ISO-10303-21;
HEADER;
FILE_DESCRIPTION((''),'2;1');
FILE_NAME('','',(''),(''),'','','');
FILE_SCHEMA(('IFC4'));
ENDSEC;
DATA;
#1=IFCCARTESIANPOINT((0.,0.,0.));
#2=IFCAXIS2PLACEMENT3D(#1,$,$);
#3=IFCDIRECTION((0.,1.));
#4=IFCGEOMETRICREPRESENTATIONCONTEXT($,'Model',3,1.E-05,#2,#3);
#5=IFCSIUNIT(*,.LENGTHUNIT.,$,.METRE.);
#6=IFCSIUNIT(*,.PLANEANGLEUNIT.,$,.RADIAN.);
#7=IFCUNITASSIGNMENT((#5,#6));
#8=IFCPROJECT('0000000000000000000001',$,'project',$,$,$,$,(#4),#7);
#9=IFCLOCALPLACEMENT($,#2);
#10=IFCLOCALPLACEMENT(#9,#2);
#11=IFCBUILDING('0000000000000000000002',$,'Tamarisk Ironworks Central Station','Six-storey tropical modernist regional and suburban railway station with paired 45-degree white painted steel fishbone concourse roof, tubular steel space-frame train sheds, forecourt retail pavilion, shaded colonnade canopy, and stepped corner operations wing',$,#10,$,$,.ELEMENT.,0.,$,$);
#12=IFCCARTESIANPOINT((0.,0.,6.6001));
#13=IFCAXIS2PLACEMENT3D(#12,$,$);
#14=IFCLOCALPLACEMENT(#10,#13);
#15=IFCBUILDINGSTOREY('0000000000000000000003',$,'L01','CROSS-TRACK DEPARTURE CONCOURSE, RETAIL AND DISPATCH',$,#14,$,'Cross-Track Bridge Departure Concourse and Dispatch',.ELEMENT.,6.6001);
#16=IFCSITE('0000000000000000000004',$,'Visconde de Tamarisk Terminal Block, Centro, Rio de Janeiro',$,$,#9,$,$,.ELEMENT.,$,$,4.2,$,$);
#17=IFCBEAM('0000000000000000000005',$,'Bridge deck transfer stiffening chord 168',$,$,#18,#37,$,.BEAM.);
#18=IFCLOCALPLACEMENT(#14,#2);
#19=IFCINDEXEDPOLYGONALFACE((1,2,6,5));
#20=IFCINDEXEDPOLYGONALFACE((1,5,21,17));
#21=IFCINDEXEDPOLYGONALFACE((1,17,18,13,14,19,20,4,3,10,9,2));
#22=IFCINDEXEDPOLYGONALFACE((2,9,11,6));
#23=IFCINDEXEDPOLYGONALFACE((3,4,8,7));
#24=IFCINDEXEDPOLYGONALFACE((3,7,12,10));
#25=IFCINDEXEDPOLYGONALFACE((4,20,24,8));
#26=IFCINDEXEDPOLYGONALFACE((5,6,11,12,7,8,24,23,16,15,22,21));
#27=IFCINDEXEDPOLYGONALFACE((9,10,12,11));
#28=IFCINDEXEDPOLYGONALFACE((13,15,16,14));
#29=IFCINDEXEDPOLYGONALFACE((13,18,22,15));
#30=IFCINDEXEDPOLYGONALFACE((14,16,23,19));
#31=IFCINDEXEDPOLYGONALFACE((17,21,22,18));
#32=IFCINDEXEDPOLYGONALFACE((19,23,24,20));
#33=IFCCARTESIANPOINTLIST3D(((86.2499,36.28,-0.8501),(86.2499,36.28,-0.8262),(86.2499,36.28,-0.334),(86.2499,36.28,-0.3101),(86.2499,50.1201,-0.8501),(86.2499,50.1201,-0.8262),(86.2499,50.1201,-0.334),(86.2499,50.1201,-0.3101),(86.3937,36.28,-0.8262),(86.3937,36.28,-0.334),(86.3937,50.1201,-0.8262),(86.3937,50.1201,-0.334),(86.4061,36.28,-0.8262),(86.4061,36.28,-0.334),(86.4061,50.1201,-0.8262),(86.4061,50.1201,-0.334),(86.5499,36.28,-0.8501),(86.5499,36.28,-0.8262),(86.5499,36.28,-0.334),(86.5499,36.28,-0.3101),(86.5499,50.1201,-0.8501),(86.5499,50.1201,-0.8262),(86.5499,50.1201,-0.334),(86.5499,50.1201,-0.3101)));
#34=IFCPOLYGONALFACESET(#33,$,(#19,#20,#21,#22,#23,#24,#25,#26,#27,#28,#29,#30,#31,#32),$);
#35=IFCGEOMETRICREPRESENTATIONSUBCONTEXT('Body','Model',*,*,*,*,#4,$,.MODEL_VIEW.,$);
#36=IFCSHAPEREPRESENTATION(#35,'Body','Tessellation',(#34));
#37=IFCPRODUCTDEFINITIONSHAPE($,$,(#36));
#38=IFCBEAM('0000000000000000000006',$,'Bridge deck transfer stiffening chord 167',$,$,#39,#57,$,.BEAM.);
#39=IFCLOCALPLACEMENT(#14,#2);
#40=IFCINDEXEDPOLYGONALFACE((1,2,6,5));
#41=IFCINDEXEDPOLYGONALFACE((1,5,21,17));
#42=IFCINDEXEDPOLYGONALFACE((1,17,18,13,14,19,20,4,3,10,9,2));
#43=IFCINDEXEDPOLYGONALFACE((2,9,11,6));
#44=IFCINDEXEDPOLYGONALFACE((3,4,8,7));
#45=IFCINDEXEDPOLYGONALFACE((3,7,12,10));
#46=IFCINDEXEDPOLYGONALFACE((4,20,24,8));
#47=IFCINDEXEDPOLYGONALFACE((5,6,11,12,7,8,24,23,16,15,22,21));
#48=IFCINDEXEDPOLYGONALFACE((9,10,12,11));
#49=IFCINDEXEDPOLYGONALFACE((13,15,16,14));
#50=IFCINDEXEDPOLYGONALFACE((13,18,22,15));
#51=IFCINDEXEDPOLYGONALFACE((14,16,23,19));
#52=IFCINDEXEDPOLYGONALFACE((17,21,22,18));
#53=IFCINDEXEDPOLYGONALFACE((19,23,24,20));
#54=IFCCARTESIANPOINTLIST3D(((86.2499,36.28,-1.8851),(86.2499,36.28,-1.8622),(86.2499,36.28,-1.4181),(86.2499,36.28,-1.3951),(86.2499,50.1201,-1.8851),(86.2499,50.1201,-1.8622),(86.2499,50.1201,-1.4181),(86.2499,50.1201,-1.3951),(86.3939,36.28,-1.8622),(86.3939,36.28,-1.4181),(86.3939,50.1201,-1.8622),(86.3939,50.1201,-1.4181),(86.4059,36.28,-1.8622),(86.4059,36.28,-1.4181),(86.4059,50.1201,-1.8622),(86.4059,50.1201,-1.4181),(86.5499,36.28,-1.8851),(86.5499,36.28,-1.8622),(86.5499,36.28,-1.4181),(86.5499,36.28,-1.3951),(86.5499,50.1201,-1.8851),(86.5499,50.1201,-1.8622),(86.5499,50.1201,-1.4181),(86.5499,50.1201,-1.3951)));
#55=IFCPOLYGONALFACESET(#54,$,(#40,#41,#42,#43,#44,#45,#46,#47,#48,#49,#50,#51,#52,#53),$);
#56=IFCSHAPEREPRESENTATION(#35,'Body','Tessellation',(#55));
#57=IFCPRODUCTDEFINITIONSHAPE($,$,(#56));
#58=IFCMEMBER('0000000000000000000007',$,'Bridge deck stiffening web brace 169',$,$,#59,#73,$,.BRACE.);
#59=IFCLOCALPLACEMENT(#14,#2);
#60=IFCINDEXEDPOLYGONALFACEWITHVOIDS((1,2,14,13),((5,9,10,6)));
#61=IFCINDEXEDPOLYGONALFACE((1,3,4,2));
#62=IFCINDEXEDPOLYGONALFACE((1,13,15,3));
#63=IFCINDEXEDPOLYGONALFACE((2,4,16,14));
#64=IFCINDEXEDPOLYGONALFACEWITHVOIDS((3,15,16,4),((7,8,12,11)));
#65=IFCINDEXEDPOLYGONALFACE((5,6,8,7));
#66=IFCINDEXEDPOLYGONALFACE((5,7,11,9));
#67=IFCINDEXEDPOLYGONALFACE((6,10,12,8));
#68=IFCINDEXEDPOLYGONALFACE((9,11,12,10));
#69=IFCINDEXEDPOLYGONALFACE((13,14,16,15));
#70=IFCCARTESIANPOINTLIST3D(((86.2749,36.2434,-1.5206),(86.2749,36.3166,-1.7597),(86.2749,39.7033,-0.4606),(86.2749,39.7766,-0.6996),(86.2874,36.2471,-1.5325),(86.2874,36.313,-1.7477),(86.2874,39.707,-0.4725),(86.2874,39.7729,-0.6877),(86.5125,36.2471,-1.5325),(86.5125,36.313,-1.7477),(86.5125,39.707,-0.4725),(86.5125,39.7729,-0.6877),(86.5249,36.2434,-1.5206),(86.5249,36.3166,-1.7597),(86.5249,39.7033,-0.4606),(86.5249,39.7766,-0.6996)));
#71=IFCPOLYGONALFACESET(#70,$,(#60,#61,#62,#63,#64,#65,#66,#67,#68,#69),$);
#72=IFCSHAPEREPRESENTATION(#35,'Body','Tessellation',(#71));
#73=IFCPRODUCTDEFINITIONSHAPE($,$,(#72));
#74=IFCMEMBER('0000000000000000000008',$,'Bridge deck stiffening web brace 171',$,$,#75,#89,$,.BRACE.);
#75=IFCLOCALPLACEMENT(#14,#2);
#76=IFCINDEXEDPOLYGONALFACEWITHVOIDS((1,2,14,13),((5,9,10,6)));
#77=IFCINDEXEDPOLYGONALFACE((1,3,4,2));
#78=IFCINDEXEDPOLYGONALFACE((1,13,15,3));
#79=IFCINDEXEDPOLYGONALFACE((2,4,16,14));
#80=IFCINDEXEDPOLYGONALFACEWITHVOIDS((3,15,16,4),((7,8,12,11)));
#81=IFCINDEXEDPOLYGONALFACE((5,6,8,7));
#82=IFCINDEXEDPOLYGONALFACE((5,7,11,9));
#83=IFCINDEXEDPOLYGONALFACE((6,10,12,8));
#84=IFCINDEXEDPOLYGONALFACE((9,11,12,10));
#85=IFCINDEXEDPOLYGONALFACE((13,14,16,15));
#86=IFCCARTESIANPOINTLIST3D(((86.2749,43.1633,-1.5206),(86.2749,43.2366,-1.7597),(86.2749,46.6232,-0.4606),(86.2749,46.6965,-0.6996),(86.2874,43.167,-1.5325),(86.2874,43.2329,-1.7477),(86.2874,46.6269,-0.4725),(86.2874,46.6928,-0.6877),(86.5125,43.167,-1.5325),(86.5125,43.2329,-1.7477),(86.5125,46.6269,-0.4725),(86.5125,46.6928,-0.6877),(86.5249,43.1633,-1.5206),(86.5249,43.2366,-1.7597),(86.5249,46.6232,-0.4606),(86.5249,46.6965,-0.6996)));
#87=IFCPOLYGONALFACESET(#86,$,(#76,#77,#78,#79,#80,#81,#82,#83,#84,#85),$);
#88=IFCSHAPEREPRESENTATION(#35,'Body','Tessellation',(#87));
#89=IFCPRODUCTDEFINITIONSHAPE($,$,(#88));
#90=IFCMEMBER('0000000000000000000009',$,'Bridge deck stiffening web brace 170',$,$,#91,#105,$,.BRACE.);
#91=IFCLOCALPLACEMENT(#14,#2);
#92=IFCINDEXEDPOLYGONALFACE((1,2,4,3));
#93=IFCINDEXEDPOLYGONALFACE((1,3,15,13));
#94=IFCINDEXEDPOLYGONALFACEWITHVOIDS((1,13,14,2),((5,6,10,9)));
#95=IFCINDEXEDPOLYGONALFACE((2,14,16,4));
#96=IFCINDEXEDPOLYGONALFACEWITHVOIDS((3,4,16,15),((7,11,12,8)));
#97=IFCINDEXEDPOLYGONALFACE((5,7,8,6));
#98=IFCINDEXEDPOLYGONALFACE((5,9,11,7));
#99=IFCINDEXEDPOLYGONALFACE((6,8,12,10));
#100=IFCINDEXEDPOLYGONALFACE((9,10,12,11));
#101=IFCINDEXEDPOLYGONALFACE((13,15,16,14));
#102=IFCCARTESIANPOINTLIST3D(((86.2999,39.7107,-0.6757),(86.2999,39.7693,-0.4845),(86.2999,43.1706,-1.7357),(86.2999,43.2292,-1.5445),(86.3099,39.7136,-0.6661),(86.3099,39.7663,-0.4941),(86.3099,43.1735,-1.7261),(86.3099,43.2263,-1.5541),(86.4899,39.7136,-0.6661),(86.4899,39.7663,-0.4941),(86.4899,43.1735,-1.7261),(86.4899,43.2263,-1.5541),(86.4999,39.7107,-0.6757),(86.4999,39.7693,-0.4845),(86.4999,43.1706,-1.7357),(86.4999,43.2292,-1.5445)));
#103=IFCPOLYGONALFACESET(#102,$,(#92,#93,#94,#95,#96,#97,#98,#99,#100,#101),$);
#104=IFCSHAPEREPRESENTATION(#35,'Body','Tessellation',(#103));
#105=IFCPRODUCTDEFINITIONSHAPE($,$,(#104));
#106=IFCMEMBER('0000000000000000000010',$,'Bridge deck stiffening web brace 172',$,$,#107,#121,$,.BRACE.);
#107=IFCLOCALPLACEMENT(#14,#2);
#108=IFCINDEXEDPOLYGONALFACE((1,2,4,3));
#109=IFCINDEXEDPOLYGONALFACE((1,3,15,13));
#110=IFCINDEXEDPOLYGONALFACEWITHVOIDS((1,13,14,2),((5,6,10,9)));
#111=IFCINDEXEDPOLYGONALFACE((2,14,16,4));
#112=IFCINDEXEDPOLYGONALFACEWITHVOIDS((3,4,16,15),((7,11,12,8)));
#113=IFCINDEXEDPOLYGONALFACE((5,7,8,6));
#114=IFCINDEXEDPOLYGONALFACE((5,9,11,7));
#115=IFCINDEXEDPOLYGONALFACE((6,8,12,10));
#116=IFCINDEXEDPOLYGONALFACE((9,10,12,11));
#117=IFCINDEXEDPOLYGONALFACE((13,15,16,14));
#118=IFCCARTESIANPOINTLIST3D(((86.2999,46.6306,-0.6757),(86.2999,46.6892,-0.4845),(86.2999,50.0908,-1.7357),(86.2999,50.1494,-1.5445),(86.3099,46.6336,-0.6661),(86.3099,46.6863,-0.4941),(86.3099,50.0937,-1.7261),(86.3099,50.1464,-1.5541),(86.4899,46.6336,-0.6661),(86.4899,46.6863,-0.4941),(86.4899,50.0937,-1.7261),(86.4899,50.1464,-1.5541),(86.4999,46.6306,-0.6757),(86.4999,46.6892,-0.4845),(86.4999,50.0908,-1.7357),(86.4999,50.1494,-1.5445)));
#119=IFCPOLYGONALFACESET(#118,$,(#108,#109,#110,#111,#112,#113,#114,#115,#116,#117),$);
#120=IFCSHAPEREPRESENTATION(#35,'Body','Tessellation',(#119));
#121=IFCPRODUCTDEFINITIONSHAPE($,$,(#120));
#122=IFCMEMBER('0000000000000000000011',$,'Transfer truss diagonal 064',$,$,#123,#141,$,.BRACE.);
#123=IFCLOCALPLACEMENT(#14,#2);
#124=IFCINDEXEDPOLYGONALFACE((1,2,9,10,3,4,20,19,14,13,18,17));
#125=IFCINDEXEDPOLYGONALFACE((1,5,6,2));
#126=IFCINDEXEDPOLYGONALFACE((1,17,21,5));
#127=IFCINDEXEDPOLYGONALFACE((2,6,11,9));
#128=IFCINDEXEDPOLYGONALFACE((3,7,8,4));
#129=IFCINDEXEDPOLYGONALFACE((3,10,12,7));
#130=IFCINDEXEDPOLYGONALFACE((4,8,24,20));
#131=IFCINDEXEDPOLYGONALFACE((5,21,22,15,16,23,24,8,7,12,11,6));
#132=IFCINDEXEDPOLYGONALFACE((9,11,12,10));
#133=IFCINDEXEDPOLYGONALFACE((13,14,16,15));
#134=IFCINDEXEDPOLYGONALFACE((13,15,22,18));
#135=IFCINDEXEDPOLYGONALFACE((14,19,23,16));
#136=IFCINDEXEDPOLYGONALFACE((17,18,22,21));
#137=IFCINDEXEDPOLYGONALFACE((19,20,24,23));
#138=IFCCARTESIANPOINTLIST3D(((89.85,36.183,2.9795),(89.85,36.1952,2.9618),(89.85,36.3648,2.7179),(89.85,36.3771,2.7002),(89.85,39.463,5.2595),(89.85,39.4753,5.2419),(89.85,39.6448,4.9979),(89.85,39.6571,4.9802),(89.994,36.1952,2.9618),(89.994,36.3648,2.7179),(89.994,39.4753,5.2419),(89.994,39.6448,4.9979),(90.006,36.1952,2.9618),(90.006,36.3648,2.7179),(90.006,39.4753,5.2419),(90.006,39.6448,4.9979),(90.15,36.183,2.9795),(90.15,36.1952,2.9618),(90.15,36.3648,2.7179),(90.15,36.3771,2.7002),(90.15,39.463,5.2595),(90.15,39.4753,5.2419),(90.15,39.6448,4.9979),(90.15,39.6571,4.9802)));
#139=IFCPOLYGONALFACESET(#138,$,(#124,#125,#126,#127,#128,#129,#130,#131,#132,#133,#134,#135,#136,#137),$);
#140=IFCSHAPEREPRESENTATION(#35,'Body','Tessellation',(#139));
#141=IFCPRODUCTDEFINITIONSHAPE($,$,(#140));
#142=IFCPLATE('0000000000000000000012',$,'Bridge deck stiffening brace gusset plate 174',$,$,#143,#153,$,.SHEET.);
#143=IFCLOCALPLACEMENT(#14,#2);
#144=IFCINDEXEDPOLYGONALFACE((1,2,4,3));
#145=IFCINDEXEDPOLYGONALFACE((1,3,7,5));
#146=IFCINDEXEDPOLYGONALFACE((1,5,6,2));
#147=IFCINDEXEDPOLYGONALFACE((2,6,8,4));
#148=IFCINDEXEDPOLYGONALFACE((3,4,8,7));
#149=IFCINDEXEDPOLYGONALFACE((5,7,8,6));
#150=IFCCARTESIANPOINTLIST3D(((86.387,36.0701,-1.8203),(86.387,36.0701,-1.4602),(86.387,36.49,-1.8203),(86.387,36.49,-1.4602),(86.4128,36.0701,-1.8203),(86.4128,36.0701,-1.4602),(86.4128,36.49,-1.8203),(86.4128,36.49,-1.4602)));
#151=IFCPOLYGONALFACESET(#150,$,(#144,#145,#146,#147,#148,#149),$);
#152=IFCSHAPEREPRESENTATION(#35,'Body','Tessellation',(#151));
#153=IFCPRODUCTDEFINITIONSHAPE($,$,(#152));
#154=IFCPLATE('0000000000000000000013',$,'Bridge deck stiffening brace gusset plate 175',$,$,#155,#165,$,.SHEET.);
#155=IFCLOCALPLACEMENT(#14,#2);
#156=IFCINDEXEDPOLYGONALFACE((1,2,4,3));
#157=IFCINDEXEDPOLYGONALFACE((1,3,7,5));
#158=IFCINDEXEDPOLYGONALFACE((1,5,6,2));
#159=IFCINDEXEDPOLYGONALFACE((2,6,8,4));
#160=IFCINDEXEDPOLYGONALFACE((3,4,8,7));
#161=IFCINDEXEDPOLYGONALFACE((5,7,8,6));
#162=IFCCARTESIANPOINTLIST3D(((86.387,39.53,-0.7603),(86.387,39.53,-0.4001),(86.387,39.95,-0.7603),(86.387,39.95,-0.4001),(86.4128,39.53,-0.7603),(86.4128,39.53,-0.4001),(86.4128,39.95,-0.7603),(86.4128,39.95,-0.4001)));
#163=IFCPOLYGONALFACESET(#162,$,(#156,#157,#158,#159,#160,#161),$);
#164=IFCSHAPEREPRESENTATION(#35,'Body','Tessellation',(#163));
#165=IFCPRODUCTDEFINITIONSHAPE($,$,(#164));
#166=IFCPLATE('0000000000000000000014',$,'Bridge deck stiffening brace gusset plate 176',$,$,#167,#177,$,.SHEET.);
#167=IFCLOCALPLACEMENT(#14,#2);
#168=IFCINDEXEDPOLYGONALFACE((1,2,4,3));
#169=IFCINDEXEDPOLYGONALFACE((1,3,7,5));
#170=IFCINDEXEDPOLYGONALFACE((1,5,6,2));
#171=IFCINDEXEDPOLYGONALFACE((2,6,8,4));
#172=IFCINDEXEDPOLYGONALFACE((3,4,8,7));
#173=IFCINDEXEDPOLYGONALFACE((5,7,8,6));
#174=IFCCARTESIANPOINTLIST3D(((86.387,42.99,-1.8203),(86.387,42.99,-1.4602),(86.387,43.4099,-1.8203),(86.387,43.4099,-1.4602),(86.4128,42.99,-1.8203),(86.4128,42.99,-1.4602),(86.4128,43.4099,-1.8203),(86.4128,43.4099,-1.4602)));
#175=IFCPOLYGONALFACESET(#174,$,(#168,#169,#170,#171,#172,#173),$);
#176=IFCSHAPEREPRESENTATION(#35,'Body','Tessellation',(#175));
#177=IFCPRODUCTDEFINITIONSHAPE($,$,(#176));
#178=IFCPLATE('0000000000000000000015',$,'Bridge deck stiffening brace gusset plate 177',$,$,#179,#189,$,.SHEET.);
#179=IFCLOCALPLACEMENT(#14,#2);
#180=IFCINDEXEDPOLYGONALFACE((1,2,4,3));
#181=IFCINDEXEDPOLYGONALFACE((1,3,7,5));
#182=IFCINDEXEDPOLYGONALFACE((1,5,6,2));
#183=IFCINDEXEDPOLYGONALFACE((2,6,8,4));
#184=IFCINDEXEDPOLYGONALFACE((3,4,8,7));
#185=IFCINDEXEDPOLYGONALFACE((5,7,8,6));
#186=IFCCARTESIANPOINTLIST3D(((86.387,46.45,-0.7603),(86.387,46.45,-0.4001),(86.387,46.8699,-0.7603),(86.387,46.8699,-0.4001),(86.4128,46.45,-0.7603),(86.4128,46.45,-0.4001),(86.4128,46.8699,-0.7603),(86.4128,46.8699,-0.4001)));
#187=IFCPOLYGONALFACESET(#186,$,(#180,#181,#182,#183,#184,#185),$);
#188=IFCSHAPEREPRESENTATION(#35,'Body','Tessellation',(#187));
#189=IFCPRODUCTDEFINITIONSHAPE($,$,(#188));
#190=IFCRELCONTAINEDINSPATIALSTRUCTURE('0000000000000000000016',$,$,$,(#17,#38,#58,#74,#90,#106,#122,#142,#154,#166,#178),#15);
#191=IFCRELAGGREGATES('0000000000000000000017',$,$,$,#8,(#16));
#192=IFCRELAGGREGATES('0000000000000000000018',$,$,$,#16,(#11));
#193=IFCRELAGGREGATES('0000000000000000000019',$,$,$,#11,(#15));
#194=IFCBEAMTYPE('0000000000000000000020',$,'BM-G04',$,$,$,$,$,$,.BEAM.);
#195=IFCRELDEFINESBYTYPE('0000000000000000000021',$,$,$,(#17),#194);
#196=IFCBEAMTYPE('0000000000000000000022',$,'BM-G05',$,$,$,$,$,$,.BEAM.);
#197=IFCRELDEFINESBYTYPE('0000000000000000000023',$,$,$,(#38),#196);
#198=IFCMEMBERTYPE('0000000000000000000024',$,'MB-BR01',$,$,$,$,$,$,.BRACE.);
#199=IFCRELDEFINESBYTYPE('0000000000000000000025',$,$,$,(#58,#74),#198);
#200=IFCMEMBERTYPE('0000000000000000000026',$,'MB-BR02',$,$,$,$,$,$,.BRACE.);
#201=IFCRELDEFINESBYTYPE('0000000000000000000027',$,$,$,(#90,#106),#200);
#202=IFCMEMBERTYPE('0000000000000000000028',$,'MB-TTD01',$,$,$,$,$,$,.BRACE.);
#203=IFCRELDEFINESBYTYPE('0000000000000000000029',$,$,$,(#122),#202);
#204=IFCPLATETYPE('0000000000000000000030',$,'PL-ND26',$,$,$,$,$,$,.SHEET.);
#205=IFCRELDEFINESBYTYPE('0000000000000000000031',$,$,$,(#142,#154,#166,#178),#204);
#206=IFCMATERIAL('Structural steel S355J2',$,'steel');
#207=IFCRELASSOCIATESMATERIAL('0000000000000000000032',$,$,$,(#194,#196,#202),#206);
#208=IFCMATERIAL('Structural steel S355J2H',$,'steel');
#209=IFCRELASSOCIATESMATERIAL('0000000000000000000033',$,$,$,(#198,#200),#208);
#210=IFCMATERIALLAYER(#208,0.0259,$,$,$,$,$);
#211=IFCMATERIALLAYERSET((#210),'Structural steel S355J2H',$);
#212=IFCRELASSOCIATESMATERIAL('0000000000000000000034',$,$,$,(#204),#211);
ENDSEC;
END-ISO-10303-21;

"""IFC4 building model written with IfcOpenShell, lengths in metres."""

from ifc_helpers import new_model, si_unit, direction, frame, origin, origin_2d, place, context, subcontext, project, spatial, rectangle, hollow_rectangle, i_section, extrude, material, layer, layer_set, material_profile, profile_set, type_object, element, save


model = new_model("IFC4")

# Units and contexts
model_context = context("Model", 3, precision=1e-05, world=origin(), true_north=direction((0.0, 1.0)))
body_context = subcontext(model_context, "Body", "Model", "MODEL_VIEW")
ifc_project = project(units=[si_unit("LENGTHUNIT", "METRE"), si_unit("PLANEANGLEUNIT", "RADIAN")], contexts=[model_context])

# Site, building, storey
site_placement = place(None, origin())
site = spatial("IfcSite", under=ifc_project, at=site_placement, Name="Visconde de Tamarisk Terminal Block, Centro, Rio de Janeiro", CompositionType="ELEMENT", RefElevation=4.2)
building_placement = place(site_placement, origin())
building = spatial("IfcBuilding", under=site, at=building_placement, Name="Tamarisk Ironworks Central Station", Description="Six-storey tropical modernist regional and suburban railway station with paired 45-degree white painted steel fishbone concourse roof, tubular steel space-frame train sheds, forecourt retail pavilion, shaded colonnade canopy, and stepped corner operations wing", CompositionType="ELEMENT", ElevationOfRefHeight=0.0)
storey_placement = place(building_placement, frame((0.0, 0.0, 6.6001)))
storey = spatial("IfcBuildingStorey", under=building, at=storey_placement, Name="L01", Description="CROSS-TRACK DEPARTURE CONCOURSE, RETAIL AND DISPATCH", LongName="Cross-Track Bridge Departure Concourse and Dispatch", CompositionType="ELEMENT", Elevation=6.6001)

# Beams
ifc_material_1 = material(Name="Structural steel S355J2", Category="steel")
ifc_material_profile_1 = material_profile(ifc_material_1, i_section(OverallWidth=0.3, OverallDepth=0.54, WebThickness=0.0125, FlangeThickness=0.0239, at=origin_2d()), Name="HEA 550")
ifc_profile_set_1 = profile_set([ifc_material_profile_1], Name="Structural steel S355J2")
beam_type_1 = type_object("IfcBeamType", Name="BM-G04", PredefinedType="BEAM", material=ifc_profile_set_1)
beam_1_placement = place(storey_placement, frame((86.3999, 36.28, -0.5801), z_axis=(0.0, 1.0, 0.0), x_axis=(-1.0, 0.0, 0.0)))
element("IfcBeam", 1, at=beam_1_placement, inside=storey, type_object=beam_type_1, Name="Bridge deck transfer stiffening chord 168", PredefinedType="BEAM", context=body_context, shape_type="SweptSolid", body=[
    extrude(i_section(OverallWidth=0.3, OverallDepth=0.54, WebThickness=0.0125, FlangeThickness=0.0239, at=origin_2d()), origin(), (0.0, 0.0, 1.0), 13.8401),
])
ifc_material_profile_2 = material_profile(ifc_material_1, i_section(OverallWidth=0.3, OverallDepth=0.49, WebThickness=0.012, FlangeThickness=0.0229, at=origin_2d()), Name="HEA 500")
ifc_profile_set_2 = profile_set([ifc_material_profile_2], Name="Structural steel S355J2")
beam_type_2 = type_object("IfcBeamType", Name="BM-G05", PredefinedType="BEAM", material=ifc_profile_set_2)
beam_2_placement = place(storey_placement, frame((86.3999, 36.28, -1.6401), z_axis=(0.0, 1.0, 0.0), x_axis=(-1.0, 0.0, 0.0)))
element("IfcBeam", 2, at=beam_2_placement, inside=storey, type_object=beam_type_2, Name="Bridge deck transfer stiffening chord 167", PredefinedType="BEAM", context=body_context, shape_type="SweptSolid", body=[
    extrude(i_section(OverallWidth=0.3, OverallDepth=0.49, WebThickness=0.012, FlangeThickness=0.0229, at=origin_2d()), origin(), (0.0, 0.0, 1.0), 13.8401),
])

# Members
ifc_material_2 = material(Name="Structural steel S355J2H", Category="steel")
ifc_material_profile_3 = material_profile(ifc_material_2, hollow_rectangle(XDim=0.25, YDim=0.25, WallThickness=0.0125, at=origin_2d()), Name="SHS 250x250x12.5")
ifc_profile_set_3 = profile_set([ifc_material_profile_3], Name="Structural steel S355J2H")
member_type_1 = type_object("IfcMemberType", Name="MB-BR01", PredefinedType="BRACE", material=ifc_profile_set_3)
for number, where, z_axis, x_axis, name in (
    (3, (86.3999, 36.28, -1.6401), (0.0, 0.956131, 0.292938), (-1.0, 0.0, 0.0), "Bridge deck stiffening web brace 169"),
    (4, (86.3999, 43.2, -1.6401), (0.0, 0.956131, 0.292938), (-1.0, 0.0, 0.0), "Bridge deck stiffening web brace 171"),
):
    element("IfcMember", number, at=place(storey_placement, frame(where, z_axis=z_axis, x_axis=x_axis)), inside=storey, type_object=member_type_1, Name=name, PredefinedType="BRACE", context=body_context, shape_type="SweptSolid", body=[
        extrude(hollow_rectangle(XDim=0.25, YDim=0.25, WallThickness=0.0125, at=origin_2d()), origin(), (0.0, 0.0, 1.0), 3.6187),
    ])
ifc_material_profile_4 = material_profile(ifc_material_2, hollow_rectangle(XDim=0.2, YDim=0.2, WallThickness=0.01, at=origin_2d()), Name="SHS 200x200x10")
ifc_profile_set_4 = profile_set([ifc_material_profile_4], Name="Structural steel S355J2H")
member_type_2 = type_object("IfcMemberType", Name="MB-BR02", PredefinedType="BRACE", material=ifc_profile_set_4)
member_1_placement = place(storey_placement, frame((86.3999, 39.74, -0.5801), z_axis=(0.0, 0.956131, -0.292938), x_axis=(-1.0, 0.0, 0.0)))
element("IfcMember", 5, at=member_1_placement, inside=storey, type_object=member_type_2, Name="Bridge deck stiffening web brace 170", PredefinedType="BRACE", context=body_context, shape_type="SweptSolid", body=[
    extrude(hollow_rectangle(XDim=0.2, YDim=0.2, WallThickness=0.01, at=origin_2d()), origin(), (0.0, 0.0, 1.0), 3.6187),
])
member_2_placement = place(storey_placement, frame((86.3999, 46.6599, -0.5801), z_axis=(0.0, 0.956137, -0.292919), x_axis=(-1.0, 0.0, 0.0)))
element("IfcMember", 6, at=member_2_placement, inside=storey, type_object=member_type_2, Name="Bridge deck stiffening web brace 172", PredefinedType="BRACE", context=body_context, shape_type="SweptSolid", body=[
    extrude(hollow_rectangle(XDim=0.2, YDim=0.2, WallThickness=0.01, at=origin_2d()), origin(), (0.0, 0.0, 1.0), 3.6189),
])
ifc_material_profile_5 = material_profile(ifc_material_1, i_section(OverallWidth=0.3, OverallDepth=0.3401, WebThickness=0.012, FlangeThickness=0.0215, at=origin_2d()), Name="HEB 340")
ifc_profile_set_5 = profile_set([ifc_material_profile_5], Name="Structural steel S355J2")
member_type_3 = type_object("IfcMemberType", Name="MB-TTD01", PredefinedType="BRACE", material=ifc_profile_set_5)
member_3_placement = place(storey_placement, frame((90.0, 36.28, 2.8398), z_axis=(0.0, 0.821108, 0.570773), x_axis=(-1.0, 0.0, 0.0)))
element("IfcMember", 7, at=member_3_placement, inside=storey, type_object=member_type_3, Name="Transfer truss diagonal 064", PredefinedType="BRACE", context=body_context, shape_type="SweptSolid", body=[
    extrude(i_section(OverallWidth=0.3, OverallDepth=0.3401, WebThickness=0.012, FlangeThickness=0.0215, at=origin_2d()), origin(), (0.0, 0.0, 1.0), 3.9946),
])

# Plates
ifc_layer_1 = layer(ifc_material_2, 0.0259)
ifc_layer_set_1 = layer_set([ifc_layer_1], Name="Structural steel S355J2H")
plate_type_1 = type_object("IfcPlateType", Name="PL-ND26", PredefinedType="SHEET", material=ifc_layer_set_1)
for number, where, z_axis, x_axis, name in (
    (8, (86.3999, 36.28, -1.8203), (0.0, 0.0, 1.0), (1.0, 0.0, 0.0), "Bridge deck stiffening brace gusset plate 174"),
    (9, (86.3999, 39.74, -0.7603), (0.0, 0.0, 1.0), (1.0, 0.0, 0.0), "Bridge deck stiffening brace gusset plate 175"),
    (10, (86.3999, 43.2, -1.8203), (0.0, 0.0, 1.0), (1.0, 0.0, 0.0), "Bridge deck stiffening brace gusset plate 176"),
    (11, (86.3999, 46.6599, -0.7603), (0.0, 0.0, 1.0), (1.0, 0.0, 0.0), "Bridge deck stiffening brace gusset plate 177"),
):
    element("IfcPlate", number, at=place(storey_placement, frame(where, z_axis=z_axis, x_axis=x_axis)), inside=storey, type_object=plate_type_1, Name=name, PredefinedType="SHEET", context=body_context, shape_type="SweptSolid", body=[
        extrude(rectangle(XDim=0.0259, YDim=0.4199, at=origin_2d()), origin(), (0.0, 0.0, 1.0), 0.3601),
    ])

save(model, "model.ifc")
